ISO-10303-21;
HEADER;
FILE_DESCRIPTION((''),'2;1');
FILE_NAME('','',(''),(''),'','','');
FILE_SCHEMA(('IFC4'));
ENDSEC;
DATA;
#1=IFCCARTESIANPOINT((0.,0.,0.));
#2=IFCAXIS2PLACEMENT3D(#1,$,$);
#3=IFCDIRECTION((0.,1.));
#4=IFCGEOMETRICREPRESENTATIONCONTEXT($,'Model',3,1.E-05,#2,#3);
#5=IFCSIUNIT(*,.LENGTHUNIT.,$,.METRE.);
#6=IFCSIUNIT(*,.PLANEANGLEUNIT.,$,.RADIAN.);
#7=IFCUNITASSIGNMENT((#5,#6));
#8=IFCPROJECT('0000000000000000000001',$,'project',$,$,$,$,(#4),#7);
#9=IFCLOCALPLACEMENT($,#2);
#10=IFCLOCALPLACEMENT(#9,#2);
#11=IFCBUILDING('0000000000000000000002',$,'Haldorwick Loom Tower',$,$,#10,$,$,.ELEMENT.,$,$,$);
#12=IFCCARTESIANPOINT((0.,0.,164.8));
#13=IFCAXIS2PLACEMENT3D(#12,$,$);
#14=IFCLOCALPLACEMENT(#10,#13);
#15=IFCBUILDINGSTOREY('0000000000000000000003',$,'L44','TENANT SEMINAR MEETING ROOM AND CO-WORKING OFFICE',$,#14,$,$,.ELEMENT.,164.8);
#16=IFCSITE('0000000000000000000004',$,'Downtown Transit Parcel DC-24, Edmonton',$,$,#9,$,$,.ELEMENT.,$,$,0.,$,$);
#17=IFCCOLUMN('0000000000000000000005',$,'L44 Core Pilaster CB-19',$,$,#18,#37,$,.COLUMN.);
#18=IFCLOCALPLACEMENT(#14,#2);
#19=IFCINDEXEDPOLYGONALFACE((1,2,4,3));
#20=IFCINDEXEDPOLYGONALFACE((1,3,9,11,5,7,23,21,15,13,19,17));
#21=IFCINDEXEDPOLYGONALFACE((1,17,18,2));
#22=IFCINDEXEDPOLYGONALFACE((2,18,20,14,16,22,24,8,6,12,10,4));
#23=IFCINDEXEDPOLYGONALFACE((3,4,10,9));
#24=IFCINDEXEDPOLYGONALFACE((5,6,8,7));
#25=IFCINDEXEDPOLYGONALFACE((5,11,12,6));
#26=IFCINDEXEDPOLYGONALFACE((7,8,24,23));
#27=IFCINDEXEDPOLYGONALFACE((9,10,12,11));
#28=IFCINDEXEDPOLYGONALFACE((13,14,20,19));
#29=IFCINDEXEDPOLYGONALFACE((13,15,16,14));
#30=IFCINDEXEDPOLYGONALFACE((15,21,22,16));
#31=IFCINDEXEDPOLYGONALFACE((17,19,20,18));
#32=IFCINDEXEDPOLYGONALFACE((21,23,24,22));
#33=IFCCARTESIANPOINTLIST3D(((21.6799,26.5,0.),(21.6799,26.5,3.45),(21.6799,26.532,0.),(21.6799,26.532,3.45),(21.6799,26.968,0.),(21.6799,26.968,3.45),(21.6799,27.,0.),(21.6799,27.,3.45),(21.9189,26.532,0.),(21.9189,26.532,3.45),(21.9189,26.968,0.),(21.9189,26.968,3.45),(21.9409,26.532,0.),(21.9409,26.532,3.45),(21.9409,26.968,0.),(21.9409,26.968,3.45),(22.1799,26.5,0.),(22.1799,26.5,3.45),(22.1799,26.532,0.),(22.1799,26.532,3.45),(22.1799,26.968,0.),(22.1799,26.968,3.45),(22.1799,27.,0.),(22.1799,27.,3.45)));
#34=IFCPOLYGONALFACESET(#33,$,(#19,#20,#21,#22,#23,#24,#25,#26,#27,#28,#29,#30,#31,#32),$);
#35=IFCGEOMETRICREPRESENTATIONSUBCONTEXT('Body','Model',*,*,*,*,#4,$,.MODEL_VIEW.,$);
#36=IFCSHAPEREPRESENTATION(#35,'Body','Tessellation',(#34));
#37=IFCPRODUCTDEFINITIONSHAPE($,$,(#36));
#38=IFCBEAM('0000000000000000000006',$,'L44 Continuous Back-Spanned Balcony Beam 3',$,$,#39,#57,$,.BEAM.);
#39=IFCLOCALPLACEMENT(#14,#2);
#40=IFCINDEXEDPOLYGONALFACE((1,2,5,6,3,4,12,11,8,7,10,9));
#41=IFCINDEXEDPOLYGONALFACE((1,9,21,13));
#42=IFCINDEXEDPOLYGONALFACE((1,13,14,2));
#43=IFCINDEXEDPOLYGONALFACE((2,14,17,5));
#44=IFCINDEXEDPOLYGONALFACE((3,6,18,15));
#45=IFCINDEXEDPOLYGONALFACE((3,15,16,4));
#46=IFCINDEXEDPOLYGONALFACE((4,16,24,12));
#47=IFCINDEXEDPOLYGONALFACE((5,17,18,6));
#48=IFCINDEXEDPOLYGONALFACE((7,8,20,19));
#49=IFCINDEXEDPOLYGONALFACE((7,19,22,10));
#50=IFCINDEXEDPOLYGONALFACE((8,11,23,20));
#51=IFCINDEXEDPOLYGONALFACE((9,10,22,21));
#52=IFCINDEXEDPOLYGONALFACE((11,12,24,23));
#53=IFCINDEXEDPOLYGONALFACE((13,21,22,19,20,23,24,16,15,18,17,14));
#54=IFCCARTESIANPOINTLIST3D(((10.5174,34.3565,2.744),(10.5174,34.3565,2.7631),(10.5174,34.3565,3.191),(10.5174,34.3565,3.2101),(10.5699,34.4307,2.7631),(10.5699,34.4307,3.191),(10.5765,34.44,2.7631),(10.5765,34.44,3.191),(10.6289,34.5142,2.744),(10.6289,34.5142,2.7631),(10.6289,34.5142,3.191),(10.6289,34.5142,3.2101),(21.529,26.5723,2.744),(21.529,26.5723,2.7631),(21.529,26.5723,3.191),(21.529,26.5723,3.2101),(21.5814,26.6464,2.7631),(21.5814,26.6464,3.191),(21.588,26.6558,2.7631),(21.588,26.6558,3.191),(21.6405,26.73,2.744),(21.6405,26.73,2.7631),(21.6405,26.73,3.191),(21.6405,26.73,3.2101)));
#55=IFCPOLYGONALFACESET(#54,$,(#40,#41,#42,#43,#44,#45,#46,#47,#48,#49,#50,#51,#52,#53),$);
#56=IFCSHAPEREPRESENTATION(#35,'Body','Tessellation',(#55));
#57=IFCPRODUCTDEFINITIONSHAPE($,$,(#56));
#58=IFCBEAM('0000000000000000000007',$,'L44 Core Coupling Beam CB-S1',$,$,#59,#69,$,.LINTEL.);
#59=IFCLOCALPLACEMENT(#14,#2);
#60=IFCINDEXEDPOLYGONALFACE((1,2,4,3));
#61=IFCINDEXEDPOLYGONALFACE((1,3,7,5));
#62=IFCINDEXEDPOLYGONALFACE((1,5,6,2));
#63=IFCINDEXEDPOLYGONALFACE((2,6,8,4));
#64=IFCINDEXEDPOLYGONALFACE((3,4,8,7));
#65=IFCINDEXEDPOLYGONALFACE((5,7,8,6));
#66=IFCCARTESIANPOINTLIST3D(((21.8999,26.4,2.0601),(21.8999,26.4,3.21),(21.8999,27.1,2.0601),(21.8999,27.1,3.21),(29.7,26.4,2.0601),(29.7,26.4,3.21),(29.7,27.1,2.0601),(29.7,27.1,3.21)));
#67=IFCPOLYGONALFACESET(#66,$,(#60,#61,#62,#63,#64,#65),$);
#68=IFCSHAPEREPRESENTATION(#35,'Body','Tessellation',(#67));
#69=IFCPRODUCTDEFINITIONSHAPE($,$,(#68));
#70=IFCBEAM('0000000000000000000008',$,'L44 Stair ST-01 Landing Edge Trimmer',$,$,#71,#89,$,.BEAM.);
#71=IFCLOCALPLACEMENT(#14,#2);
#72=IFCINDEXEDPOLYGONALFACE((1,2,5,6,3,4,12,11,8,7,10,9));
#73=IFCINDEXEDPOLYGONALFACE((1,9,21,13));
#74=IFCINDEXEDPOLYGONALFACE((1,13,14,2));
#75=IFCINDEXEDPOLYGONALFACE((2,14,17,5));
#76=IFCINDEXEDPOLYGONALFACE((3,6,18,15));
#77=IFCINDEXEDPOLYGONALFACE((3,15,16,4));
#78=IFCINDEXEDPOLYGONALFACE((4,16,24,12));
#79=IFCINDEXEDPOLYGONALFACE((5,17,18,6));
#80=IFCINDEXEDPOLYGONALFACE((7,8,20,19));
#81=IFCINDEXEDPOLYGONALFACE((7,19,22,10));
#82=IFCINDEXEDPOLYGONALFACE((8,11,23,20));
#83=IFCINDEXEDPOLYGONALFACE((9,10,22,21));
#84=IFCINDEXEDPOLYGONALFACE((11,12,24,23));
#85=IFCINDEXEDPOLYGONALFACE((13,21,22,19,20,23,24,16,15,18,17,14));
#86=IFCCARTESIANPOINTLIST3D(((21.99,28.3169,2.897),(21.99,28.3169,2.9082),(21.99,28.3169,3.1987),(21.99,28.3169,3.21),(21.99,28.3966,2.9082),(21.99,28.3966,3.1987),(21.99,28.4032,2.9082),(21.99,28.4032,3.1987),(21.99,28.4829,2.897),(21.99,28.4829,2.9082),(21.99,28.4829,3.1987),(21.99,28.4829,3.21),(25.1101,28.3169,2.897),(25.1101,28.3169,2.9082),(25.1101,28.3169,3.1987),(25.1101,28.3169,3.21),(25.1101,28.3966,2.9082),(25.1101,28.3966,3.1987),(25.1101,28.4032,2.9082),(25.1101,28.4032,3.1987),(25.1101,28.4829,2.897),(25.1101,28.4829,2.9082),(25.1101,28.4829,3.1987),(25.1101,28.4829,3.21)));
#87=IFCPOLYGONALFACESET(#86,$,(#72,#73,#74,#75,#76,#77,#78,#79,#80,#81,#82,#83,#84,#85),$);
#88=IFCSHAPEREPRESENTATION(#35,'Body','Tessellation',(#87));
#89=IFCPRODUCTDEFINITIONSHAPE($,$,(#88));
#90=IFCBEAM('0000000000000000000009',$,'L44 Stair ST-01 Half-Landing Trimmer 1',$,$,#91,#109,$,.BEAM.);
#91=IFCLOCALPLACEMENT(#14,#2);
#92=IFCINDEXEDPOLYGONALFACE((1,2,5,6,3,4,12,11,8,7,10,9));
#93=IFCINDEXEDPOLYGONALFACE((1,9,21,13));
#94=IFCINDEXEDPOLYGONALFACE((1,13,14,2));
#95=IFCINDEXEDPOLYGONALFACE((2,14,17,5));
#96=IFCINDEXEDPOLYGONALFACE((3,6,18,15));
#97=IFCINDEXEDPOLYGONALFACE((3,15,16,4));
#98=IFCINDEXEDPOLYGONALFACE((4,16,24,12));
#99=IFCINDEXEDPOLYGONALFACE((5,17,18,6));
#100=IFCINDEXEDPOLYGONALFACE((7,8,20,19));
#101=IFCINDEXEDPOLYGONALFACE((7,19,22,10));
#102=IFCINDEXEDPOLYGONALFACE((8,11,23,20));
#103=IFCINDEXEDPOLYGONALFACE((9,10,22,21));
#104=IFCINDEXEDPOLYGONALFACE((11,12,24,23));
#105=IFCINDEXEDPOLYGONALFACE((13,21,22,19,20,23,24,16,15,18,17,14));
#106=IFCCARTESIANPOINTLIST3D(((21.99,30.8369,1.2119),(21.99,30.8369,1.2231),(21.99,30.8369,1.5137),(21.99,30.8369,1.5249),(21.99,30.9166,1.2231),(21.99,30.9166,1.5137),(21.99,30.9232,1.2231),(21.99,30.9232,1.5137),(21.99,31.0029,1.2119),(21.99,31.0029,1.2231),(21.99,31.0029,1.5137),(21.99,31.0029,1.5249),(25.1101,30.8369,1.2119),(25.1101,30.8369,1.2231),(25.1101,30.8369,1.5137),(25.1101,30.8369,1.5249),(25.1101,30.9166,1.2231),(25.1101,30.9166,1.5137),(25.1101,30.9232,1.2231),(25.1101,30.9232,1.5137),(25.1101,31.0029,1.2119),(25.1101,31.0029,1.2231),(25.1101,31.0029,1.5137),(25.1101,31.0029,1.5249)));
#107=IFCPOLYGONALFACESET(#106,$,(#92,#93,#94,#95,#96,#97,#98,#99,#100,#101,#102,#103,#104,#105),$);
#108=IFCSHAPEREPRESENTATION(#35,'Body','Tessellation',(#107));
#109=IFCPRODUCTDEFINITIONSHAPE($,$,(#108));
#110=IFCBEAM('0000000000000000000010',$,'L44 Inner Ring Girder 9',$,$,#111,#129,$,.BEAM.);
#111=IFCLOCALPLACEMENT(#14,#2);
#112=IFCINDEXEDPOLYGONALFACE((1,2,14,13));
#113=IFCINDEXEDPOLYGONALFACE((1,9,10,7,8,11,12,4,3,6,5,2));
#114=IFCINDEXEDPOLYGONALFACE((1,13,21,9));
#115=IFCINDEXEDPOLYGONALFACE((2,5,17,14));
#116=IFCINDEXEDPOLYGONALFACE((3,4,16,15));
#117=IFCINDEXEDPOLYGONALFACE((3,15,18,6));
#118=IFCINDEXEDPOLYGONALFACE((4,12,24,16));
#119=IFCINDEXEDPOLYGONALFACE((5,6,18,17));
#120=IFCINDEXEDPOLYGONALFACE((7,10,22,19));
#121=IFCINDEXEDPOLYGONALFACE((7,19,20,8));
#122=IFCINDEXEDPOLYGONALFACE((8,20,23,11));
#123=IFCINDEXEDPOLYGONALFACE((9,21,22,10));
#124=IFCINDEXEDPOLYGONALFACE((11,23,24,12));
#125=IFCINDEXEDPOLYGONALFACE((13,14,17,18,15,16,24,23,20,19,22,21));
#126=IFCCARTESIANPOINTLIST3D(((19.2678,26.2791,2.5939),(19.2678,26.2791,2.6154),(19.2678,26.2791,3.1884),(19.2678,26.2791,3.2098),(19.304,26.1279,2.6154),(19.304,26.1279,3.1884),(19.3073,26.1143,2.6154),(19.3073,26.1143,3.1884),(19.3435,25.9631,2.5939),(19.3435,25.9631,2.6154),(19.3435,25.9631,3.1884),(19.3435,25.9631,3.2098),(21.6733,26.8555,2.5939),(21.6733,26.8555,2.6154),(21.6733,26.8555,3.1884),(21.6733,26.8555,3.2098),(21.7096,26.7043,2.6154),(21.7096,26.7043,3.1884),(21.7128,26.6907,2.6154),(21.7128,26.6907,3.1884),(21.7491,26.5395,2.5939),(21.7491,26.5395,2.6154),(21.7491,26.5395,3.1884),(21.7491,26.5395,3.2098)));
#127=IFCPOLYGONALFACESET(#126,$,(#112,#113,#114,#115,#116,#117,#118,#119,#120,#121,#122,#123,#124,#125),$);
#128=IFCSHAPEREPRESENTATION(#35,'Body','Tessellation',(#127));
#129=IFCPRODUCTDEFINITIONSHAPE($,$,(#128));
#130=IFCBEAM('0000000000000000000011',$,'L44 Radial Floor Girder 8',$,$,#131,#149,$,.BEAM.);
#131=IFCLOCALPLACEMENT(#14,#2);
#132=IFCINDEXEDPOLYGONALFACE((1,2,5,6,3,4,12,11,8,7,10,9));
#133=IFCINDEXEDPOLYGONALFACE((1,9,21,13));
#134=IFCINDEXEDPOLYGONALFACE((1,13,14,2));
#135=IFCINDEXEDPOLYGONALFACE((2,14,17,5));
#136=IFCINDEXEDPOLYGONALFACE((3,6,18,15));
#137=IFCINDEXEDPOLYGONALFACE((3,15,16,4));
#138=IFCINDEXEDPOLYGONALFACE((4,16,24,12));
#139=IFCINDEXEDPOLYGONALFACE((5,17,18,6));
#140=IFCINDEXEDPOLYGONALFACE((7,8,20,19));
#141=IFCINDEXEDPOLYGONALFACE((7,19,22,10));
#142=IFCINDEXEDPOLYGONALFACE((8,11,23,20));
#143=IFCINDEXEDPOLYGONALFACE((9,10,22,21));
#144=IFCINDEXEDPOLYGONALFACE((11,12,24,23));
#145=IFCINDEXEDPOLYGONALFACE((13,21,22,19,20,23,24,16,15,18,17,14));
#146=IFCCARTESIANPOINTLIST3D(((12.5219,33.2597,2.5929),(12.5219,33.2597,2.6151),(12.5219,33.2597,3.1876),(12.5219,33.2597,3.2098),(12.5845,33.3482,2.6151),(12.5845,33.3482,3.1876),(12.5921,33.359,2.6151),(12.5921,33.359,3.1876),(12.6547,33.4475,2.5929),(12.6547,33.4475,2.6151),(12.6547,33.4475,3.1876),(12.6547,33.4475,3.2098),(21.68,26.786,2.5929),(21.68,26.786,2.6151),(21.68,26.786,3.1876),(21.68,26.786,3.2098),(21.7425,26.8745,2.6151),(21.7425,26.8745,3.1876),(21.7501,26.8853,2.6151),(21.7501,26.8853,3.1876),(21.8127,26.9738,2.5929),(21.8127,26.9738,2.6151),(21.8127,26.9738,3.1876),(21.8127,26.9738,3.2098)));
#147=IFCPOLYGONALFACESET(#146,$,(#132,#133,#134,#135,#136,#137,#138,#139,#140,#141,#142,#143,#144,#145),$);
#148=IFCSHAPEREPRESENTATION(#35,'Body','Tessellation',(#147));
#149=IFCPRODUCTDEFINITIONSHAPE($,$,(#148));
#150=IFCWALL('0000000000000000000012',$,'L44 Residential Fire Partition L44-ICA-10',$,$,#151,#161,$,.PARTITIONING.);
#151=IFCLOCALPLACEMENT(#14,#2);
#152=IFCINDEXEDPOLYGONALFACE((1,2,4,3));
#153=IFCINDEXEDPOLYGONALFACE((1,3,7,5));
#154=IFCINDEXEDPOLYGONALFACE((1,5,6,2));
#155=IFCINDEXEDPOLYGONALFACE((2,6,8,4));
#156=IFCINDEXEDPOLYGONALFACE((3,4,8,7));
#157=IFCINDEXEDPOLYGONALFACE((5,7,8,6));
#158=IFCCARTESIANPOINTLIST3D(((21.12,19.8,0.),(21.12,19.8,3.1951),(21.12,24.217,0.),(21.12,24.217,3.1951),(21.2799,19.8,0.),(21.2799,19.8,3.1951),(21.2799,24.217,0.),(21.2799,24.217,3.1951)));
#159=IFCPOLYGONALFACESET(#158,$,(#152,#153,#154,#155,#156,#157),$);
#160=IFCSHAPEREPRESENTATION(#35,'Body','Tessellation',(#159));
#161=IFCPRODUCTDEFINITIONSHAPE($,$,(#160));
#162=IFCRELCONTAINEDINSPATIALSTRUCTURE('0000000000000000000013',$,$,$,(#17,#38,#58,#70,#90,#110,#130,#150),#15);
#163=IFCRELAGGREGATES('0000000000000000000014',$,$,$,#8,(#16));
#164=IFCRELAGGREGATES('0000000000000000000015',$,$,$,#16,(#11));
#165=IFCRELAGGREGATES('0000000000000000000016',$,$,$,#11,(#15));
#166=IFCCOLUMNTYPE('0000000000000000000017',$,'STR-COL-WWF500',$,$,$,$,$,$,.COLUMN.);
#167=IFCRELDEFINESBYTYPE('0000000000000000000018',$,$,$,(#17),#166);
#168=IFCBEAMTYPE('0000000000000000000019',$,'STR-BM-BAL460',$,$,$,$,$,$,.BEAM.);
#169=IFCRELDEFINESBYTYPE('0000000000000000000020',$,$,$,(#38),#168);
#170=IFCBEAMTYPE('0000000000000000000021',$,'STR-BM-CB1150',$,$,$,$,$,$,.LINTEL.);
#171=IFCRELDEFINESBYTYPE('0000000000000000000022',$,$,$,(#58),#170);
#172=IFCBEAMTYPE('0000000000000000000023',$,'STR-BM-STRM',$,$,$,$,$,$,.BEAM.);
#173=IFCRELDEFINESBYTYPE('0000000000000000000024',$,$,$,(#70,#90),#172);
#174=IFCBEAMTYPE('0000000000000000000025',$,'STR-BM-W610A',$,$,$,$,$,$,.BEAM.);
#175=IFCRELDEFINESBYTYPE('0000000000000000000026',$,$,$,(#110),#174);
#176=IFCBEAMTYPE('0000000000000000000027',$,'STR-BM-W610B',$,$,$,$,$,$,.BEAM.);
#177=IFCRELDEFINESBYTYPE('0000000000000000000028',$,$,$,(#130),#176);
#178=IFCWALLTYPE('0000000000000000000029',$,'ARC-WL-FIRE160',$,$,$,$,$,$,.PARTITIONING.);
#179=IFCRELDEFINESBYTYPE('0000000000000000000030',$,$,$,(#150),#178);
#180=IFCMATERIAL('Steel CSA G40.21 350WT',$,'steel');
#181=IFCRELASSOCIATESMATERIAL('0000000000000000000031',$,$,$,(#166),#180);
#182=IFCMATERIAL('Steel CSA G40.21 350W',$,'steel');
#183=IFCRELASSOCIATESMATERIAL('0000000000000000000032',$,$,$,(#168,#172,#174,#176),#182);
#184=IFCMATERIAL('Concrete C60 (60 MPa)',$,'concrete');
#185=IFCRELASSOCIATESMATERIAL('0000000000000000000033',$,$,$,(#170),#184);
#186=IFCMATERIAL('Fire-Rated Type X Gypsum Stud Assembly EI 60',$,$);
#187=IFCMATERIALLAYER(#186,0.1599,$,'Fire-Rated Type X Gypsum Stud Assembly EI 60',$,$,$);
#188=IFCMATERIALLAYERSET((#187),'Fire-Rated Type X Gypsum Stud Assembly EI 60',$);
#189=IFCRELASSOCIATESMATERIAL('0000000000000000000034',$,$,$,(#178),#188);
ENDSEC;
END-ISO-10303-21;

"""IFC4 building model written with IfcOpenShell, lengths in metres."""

from ifc_helpers import new_model, si_unit, direction, frame, frame_2d, origin, origin_2d, place, context, subcontext, project, spatial, rectangle, i_section, extrude, material, layer, layer_set, material_profile, profile_set, type_object, element, save


model = new_model("IFC4")

# Units and contexts
model_context = context("Model", 3, precision=1e-05, world=origin(), true_north=direction((0.0, 1.0)))
body_context = subcontext(model_context, "Body", "Model", "MODEL_VIEW")
ifc_project = project(units=[si_unit("LENGTHUNIT", "METRE"), si_unit("PLANEANGLEUNIT", "RADIAN")], contexts=[model_context])

# Site, building, storey
site_placement = place(None, origin())
site = spatial("IfcSite", under=ifc_project, at=site_placement, Name="Downtown Transit Parcel DC-24, Edmonton", CompositionType="ELEMENT", RefElevation=0.0)
building_placement = place(site_placement, origin())
building = spatial("IfcBuilding", under=site, at=building_placement, Name="Haldorwick Loom Tower", CompositionType="ELEMENT")
storey_placement = place(building_placement, frame((0.0, 0.0, 164.8)))
storey = spatial("IfcBuildingStorey", under=building, at=storey_placement, Name="L44", Description="TENANT SEMINAR MEETING ROOM AND CO-WORKING OFFICE", CompositionType="ELEMENT", Elevation=164.8)

# Column
ifc_material_1 = material(Name="Steel CSA G40.21 350WT", Category="steel")
ifc_material_profile_1 = material_profile(ifc_material_1, i_section(OverallWidth=0.5, OverallDepth=0.5, WebThickness=0.022, FlangeThickness=0.032, at=origin_2d()), Name="WWF500X500", Category="steel")
ifc_profile_set_1 = profile_set([ifc_material_profile_1], Name="Steel CSA G40.21 350WT")
column_type = type_object("IfcColumnType", Name="STR-COL-WWF500", PredefinedType="COLUMN", material=ifc_profile_set_1)
column_placement = place(storey_placement, frame((21.9299, 26.75, 0.0), z_axis=(0.0, 0.0, 1.0), x_axis=(1.0, 0.0, 0.0)))
element("IfcColumn", 1, at=column_placement, inside=storey, type_object=column_type, Name="L44 Core Pilaster CB-19", PredefinedType="COLUMN", context=body_context, shape_type="SweptSolid", body=[
    extrude(i_section(OverallWidth=0.5, OverallDepth=0.5, WebThickness=0.022, FlangeThickness=0.032, at=origin_2d()), origin(), (0.0, 0.0, 1.0), 3.45),
])

# Beams
ifc_material_2 = material(Name="Steel CSA G40.21 350W", Category="steel")
ifc_material_profile_2 = material_profile(ifc_material_2, i_section(OverallWidth=0.1931, OverallDepth=0.4661, WebThickness=0.0115, FlangeThickness=0.019, at=origin_2d()), Name="W460X97", Category="steel")
ifc_profile_set_2 = profile_set([ifc_material_profile_2], Name="Steel CSA G40.21 350W")
beam_type_1 = type_object("IfcBeamType", Name="STR-BM-BAL460", PredefinedType="BEAM", material=ifc_profile_set_2)
beam_1_placement = place(storey_placement, frame((21.5847, 26.6511, 2.9771), z_axis=(-0.81657, 0.577246, 0.0), x_axis=(-0.577246, -0.81657, 0.0)))
element("IfcBeam", 2, at=beam_1_placement, inside=storey, type_object=beam_type_1, Name="L44 Continuous Back-Spanned Balcony Beam 3", PredefinedType="BEAM", context=body_context, shape_type="SweptSolid", body=[
    extrude(i_section(OverallWidth=0.1931, OverallDepth=0.4661, WebThickness=0.0115, FlangeThickness=0.019, at=origin_2d()), origin(), (0.0, 0.0, 1.0), 13.4851),
])
ifc_material_3 = material(Name="Concrete C60 (60 MPa)", Category="concrete")
ifc_material_profile_3 = material_profile(ifc_material_3, rectangle(XDim=0.7, YDim=1.1499, at=origin_2d()), Name="RC700X1150", Category="concrete")
ifc_profile_set_3 = profile_set([ifc_material_profile_3], Name="Concrete C60 (60 MPa)")
beam_type_2 = type_object("IfcBeamType", Name="STR-BM-CB1150", PredefinedType="LINTEL", material=ifc_profile_set_3)
beam_2_placement = place(storey_placement, frame((21.8999, 26.75, 2.635), z_axis=(1.0, 0.0, 0.0), x_axis=(0.0, 1.0, 0.0)))
element("IfcBeam", 3, at=beam_2_placement, inside=storey, type_object=beam_type_2, Name="L44 Core Coupling Beam CB-S1", PredefinedType="LINTEL", context=body_context, shape_type="SweptSolid", body=[
    extrude(rectangle(XDim=0.7, YDim=1.1499, at=origin_2d()), origin(), (0.0, 0.0, 1.0), 7.8),
])
ifc_material_profile_4 = material_profile(ifc_material_2, i_section(OverallWidth=0.166, OverallDepth=0.313, WebThickness=0.0066, FlangeThickness=0.0112, at=origin_2d()), Name="W310X45", Category="steel")
ifc_profile_set_4 = profile_set([ifc_material_profile_4], Name="Steel CSA G40.21 350W")
beam_type_3 = type_object("IfcBeamType", Name="STR-BM-STRM", PredefinedType="BEAM", material=ifc_profile_set_4)
for number, where, z_axis, x_axis, name in (
    (4, (21.99, 28.3999, 3.0535), (1.0, 0.0, 0.0), (0.0, 1.0, 0.0), "L44 Stair ST-01 Landing Edge Trimmer"),
    (5, (21.99, 30.9199, 1.3684), (1.0, 0.0, 0.0), (0.0, 1.0, 0.0), "L44 Stair ST-01 Half-Landing Trimmer 1"),
):
    element("IfcBeam", number, at=place(storey_placement, frame(where, z_axis=z_axis, x_axis=x_axis)), inside=storey, type_object=beam_type_3, Name=name, PredefinedType="BEAM", context=body_context, shape_type="SweptSolid", body=[
        extrude(i_section(OverallWidth=0.166, OverallDepth=0.313, WebThickness=0.0066, FlangeThickness=0.0112, at=origin_2d()), origin(), (0.0, 0.0, 1.0), 3.1201),
    ])
ifc_material_profile_5 = material_profile(ifc_material_2, i_section(OverallWidth=0.325, OverallDepth=0.616, WebThickness=0.0139, FlangeThickness=0.0215, at=origin_2d()), Name="W610X174", Category="steel")
ifc_profile_set_5 = profile_set([ifc_material_profile_5], Name="Steel CSA G40.21 350W")
beam_type_4 = type_object("IfcBeamType", Name="STR-BM-W610A", PredefinedType="BEAM", material=ifc_profile_set_5)
beam_3_placement = place(storey_placement, frame((19.3057, 26.1211, 2.9019), z_axis=(0.972471, 0.233026, 0.0), x_axis=(-0.233026, 0.972471, 0.0)))
element("IfcBeam", 6, at=beam_3_placement, inside=storey, type_object=beam_type_4, Name="L44 Inner Ring Girder 9", PredefinedType="BEAM", context=body_context, shape_type="SweptSolid", body=[
    extrude(i_section(OverallWidth=0.325, OverallDepth=0.616, WebThickness=0.0139, FlangeThickness=0.0215, at=origin_2d()), origin(), (0.0, 0.0, 1.0), 2.4736),
])
ifc_material_profile_6 = material_profile(ifc_material_2, i_section(OverallWidth=0.23, OverallDepth=0.6169, WebThickness=0.0132, FlangeThickness=0.0222, at=origin_2d()), Name="W610X140", Category="steel")
ifc_profile_set_6 = profile_set([ifc_material_profile_6], Name="Steel CSA G40.21 350W")
beam_type_5 = type_object("IfcBeamType", Name="STR-BM-W610B", PredefinedType="BEAM", material=ifc_profile_set_6)
beam_4_placement = place(storey_placement, frame((21.7463, 26.8799, 2.9014), z_axis=(-0.816582, 0.57723, 0.0), x_axis=(-0.57723, -0.816582, 0.0)))
element("IfcBeam", 7, at=beam_4_placement, inside=storey, type_object=beam_type_5, Name="L44 Radial Floor Girder 8", PredefinedType="BEAM", context=body_context, shape_type="SweptSolid", body=[
    extrude(i_section(OverallWidth=0.23, OverallDepth=0.6169, WebThickness=0.0132, FlangeThickness=0.0222, at=origin_2d()), origin(), (0.0, 0.0, 1.0), 11.2151),
])

# Wall
ifc_material_4 = material(Name="Fire-Rated Type X Gypsum Stud Assembly EI 60")
ifc_layer_1 = layer(ifc_material_4, 0.1599, Name="Fire-Rated Type X Gypsum Stud Assembly EI 60")
ifc_layer_set_1 = layer_set([ifc_layer_1], Name="Fire-Rated Type X Gypsum Stud Assembly EI 60")
wall_type_1 = type_object("IfcWallType", Name="ARC-WL-FIRE160", PredefinedType="PARTITIONING", material=ifc_layer_set_1)
wall_1_placement = place(storey_placement, frame((21.2, 24.217, 0.0), z_axis=(0.0, 0.0, 1.0), x_axis=(0.0, -1.0, 0.0)))
element("IfcWall", 8, at=wall_1_placement, inside=storey, type_object=wall_type_1, Name="L44 Residential Fire Partition L44-ICA-10", PredefinedType="PARTITIONING", context=body_context, shape_type="SweptSolid", body=[
    extrude(rectangle(XDim=4.417, YDim=0.1599, at=frame_2d((2.2085, 0.0))), origin(), (0.0, 0.0, 1.0), 3.1951),
])

save(model, "model.ifc")
